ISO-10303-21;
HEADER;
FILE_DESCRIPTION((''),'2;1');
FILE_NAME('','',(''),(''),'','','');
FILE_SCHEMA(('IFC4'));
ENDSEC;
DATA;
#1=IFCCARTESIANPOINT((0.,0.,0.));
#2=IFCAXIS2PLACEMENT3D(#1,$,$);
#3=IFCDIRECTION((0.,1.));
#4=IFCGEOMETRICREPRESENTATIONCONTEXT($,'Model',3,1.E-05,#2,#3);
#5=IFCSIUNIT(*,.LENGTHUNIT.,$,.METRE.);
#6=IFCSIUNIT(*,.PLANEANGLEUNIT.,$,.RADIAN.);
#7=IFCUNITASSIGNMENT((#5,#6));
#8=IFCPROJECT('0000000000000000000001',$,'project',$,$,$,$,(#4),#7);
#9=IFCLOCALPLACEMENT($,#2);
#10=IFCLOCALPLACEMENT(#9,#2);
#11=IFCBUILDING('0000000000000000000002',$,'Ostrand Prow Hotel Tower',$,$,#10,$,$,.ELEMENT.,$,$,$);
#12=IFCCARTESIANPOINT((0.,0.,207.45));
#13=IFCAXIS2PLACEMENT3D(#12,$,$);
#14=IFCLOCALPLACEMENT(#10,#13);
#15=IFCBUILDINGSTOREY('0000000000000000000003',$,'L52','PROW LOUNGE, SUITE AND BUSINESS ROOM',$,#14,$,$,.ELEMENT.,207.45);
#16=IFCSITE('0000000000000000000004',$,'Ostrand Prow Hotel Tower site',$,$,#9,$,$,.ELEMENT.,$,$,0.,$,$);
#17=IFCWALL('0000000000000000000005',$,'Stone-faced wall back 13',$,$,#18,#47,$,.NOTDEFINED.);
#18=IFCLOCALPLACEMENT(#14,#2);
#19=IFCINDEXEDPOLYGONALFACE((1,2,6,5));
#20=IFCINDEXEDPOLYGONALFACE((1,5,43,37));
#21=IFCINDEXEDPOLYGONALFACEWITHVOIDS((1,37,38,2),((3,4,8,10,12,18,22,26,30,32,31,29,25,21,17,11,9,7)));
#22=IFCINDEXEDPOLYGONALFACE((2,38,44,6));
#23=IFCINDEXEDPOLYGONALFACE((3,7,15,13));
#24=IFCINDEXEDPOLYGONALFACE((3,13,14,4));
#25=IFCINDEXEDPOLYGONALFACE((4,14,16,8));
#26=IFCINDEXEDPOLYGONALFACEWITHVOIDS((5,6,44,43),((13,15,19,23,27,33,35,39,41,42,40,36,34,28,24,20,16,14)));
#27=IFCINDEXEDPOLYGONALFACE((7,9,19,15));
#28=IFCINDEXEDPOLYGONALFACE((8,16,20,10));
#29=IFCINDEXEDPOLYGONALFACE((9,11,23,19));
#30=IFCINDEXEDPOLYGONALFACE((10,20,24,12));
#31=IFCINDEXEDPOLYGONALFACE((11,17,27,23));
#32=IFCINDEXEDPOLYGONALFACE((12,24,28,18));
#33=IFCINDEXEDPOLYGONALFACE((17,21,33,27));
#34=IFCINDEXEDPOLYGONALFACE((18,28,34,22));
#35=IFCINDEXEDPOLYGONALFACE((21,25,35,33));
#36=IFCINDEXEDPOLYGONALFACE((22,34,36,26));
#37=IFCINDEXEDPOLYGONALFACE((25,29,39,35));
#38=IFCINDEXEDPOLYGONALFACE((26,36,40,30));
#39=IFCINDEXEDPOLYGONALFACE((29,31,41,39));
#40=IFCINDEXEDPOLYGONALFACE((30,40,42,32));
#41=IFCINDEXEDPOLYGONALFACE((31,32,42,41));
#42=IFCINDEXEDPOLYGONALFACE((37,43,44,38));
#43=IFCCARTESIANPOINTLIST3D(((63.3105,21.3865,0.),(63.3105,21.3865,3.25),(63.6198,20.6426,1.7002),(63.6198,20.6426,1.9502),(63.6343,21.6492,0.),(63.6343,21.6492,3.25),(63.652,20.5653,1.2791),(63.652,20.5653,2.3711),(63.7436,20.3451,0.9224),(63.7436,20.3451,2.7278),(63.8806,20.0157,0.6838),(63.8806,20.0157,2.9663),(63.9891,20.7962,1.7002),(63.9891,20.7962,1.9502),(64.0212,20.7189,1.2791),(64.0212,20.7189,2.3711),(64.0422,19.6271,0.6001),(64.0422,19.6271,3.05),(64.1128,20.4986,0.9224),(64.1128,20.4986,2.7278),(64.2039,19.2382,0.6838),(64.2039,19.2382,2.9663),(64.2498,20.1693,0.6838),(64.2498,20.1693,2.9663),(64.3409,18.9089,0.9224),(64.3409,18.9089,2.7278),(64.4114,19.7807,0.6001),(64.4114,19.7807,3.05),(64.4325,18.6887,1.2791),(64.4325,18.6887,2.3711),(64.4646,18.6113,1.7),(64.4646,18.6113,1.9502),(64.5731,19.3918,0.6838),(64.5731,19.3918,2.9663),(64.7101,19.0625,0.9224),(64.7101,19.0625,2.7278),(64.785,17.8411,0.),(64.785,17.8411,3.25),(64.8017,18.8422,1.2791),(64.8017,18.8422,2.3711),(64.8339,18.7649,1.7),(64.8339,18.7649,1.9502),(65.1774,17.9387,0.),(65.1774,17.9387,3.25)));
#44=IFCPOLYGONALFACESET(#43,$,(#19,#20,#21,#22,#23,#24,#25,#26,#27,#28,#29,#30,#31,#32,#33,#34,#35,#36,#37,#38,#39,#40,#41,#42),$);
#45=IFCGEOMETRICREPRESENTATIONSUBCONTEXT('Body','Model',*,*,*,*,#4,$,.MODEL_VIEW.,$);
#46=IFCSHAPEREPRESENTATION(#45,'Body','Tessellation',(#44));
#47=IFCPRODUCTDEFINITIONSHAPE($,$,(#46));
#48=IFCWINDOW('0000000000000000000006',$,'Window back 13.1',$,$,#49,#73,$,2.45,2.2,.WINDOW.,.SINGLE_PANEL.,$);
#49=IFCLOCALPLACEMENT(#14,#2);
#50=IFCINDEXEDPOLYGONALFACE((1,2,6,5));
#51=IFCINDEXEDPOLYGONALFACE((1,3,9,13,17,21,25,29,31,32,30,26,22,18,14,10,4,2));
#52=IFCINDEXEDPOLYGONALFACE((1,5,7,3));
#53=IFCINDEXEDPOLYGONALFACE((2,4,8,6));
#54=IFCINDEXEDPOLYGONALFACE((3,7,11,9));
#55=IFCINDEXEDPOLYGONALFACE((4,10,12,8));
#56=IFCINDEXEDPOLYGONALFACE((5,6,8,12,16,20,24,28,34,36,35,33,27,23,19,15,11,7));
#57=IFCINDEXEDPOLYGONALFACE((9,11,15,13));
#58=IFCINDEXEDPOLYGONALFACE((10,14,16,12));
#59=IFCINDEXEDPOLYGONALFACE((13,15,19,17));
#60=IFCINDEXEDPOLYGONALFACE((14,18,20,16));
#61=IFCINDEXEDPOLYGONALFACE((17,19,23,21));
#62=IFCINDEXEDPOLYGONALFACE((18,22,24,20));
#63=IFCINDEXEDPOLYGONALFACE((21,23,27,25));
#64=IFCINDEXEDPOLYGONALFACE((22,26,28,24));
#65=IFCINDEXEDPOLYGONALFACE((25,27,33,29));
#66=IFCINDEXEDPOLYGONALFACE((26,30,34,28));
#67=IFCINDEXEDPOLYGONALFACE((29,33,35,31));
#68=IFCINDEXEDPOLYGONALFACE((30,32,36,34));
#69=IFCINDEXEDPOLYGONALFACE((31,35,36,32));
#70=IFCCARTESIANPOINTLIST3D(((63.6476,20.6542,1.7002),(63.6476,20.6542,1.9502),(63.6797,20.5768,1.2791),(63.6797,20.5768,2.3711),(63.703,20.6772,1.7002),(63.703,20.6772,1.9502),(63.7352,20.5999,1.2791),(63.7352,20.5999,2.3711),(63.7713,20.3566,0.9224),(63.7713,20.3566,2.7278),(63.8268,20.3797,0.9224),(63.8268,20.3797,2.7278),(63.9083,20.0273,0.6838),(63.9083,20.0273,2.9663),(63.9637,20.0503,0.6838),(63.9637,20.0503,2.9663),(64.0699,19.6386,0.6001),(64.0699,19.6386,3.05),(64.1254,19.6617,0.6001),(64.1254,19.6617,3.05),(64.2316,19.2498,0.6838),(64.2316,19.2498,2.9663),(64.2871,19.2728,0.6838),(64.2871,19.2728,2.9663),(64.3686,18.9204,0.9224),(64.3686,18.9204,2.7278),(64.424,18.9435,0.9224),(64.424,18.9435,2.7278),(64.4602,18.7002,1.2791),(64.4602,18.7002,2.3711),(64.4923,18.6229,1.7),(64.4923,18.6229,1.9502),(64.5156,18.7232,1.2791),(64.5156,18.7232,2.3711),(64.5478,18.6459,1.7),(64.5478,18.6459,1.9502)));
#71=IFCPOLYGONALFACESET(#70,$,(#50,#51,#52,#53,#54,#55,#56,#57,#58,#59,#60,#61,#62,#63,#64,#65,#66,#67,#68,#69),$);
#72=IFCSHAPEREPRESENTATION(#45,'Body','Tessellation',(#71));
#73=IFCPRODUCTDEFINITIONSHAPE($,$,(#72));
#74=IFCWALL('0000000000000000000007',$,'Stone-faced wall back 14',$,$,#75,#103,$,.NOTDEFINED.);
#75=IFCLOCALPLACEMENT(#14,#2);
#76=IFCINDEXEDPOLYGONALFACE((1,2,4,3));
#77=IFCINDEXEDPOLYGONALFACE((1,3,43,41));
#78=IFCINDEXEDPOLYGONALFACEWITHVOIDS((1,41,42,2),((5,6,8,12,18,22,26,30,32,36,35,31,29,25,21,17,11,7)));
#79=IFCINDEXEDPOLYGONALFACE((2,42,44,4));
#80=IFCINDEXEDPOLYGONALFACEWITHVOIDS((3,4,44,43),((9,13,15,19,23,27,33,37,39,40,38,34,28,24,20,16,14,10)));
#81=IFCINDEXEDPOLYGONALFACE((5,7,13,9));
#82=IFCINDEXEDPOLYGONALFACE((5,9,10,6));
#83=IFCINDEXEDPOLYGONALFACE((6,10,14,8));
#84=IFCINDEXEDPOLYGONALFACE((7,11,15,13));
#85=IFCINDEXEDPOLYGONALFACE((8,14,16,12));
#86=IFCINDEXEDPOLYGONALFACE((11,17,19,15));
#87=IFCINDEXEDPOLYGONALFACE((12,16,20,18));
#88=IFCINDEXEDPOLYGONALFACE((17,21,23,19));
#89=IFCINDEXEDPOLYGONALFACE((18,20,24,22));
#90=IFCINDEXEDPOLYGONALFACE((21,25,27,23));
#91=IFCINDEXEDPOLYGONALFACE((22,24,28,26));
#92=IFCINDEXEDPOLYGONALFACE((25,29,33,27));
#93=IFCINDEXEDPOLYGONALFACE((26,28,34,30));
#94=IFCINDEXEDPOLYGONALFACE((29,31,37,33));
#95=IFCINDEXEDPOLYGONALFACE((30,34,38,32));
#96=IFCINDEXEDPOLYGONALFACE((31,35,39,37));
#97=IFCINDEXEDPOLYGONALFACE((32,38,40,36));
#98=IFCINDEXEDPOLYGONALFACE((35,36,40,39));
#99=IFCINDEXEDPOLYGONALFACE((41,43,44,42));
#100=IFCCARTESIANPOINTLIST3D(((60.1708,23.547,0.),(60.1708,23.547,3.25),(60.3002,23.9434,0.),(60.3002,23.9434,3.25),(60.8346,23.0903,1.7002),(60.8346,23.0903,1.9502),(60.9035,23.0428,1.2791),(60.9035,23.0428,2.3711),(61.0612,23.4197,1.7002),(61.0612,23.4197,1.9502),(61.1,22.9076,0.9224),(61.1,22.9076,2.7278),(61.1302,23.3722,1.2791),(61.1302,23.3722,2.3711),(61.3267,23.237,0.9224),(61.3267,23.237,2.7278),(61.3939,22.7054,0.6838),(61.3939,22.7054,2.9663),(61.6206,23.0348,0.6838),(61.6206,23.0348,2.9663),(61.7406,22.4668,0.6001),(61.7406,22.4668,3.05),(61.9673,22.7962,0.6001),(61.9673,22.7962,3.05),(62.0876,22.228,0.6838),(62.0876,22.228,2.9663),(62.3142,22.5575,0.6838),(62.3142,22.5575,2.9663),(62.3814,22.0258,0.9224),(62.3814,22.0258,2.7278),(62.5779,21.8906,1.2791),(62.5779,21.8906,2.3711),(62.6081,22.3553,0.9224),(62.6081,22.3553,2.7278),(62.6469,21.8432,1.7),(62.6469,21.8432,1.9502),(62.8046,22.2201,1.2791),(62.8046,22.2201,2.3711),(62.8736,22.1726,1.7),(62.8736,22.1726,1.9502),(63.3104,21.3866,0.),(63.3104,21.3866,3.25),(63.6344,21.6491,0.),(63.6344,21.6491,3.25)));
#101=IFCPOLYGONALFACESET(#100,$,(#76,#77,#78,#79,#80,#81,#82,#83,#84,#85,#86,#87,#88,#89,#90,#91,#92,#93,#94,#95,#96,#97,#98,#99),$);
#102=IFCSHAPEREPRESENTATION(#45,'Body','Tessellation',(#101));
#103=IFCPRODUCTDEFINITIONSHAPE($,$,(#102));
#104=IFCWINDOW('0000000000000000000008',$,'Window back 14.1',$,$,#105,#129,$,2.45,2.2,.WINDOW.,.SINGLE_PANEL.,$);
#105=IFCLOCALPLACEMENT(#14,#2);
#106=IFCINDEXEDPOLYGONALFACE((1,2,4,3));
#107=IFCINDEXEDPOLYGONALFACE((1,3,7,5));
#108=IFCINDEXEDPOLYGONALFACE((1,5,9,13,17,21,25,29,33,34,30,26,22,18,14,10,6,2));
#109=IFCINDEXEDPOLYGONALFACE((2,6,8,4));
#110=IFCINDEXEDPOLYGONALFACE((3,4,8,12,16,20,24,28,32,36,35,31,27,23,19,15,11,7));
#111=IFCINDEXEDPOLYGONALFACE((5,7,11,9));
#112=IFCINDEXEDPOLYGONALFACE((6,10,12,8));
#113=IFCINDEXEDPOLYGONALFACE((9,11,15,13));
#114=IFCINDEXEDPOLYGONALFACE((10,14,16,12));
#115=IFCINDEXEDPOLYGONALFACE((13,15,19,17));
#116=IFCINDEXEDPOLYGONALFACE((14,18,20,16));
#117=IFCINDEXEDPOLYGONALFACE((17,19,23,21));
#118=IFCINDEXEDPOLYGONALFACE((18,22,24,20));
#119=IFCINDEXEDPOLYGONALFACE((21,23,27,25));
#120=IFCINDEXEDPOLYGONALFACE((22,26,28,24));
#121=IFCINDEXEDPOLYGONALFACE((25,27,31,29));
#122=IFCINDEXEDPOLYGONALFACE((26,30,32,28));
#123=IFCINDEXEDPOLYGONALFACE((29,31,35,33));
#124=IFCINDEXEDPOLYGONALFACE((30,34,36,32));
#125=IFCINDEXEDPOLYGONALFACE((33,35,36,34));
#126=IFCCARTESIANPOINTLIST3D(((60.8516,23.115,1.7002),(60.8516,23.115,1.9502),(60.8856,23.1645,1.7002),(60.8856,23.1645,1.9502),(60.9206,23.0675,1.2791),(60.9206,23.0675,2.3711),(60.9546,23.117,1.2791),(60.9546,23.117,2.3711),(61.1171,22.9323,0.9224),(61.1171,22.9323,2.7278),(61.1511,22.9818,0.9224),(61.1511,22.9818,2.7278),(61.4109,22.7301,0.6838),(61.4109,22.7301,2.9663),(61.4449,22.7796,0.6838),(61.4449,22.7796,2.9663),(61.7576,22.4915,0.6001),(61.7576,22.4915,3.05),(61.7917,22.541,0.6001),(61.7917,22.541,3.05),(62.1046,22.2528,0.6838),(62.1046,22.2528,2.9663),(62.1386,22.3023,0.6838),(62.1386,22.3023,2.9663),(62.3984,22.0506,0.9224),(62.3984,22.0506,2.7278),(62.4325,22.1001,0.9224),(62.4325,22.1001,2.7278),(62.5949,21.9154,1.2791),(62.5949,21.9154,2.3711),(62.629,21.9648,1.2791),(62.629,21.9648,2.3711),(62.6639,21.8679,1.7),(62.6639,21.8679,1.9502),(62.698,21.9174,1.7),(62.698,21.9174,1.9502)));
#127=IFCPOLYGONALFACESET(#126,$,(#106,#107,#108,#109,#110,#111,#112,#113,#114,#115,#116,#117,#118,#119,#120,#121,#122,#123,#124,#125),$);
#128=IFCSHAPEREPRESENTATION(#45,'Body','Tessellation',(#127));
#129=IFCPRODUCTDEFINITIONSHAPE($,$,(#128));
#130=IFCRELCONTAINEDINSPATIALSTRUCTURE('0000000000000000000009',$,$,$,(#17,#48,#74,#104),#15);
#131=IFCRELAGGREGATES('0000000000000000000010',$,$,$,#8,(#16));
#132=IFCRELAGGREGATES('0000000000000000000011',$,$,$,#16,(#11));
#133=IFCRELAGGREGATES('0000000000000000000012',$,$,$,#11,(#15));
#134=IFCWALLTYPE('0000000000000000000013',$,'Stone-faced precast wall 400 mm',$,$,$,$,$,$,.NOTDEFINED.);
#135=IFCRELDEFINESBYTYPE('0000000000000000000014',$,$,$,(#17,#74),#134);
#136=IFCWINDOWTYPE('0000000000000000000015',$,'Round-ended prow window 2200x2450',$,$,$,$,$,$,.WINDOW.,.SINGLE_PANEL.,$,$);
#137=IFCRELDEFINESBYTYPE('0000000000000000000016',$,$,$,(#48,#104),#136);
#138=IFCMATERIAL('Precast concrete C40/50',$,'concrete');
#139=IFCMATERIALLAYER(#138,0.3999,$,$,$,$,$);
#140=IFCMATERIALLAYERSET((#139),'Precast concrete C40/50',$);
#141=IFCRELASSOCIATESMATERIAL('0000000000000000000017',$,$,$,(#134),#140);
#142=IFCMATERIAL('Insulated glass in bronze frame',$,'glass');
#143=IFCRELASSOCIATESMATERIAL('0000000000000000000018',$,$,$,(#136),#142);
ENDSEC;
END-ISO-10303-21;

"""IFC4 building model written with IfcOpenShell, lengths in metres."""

from ifc_helpers import new_model, si_unit, direction, frame, origin, place, context, subcontext, project, spatial, polyline, outline, extrude, material, layer, layer_set, type_object, element, fill, save


model = new_model("IFC4")

# Units and contexts
model_context = context("Model", 3, precision=1e-05, world=origin(), true_north=direction((0.0, 1.0)))
body_context = subcontext(model_context, "Body", "Model", "MODEL_VIEW")
ifc_project = project(units=[si_unit("LENGTHUNIT", "METRE"), si_unit("PLANEANGLEUNIT", "RADIAN")], contexts=[model_context])

# Site, building, storey
site_placement = place(None, origin())
site = spatial("IfcSite", under=ifc_project, at=site_placement, Name="Ostrand Prow Hotel Tower site", CompositionType="ELEMENT", RefElevation=0.0)
building_placement = place(site_placement, origin())
building = spatial("IfcBuilding", under=site, at=building_placement, Name="Ostrand Prow Hotel Tower", CompositionType="ELEMENT")
storey_placement = place(building_placement, frame((0.0, 0.0, 207.45)))
storey = spatial("IfcBuildingStorey", under=building, at=storey_placement, Name="L52", Description="PROW LOUNGE, SUITE AND BUSINESS ROOM", CompositionType="ELEMENT", Elevation=207.45)

# Walls, openings, windows
ifc_material_1 = material(Name="Precast concrete C40/50", Category="concrete")
ifc_layer_1 = layer(ifc_material_1, 0.3999)
ifc_layer_set_1 = layer_set([ifc_layer_1], Name="Precast concrete C40/50")
wall_type_1 = type_object("IfcWallType", Name="Stone-faced precast wall 400 mm", PredefinedType="NOTDEFINED", material=ifc_layer_set_1)
wall_1_placement = place(storey_placement, frame((64.9812, 17.8899, 0.0), z_axis=(0.0, 0.0, 1.0), x_axis=(-0.383998, 0.923334, 0.0)))
wall_1 = element("IfcWall", 1, at=wall_1_placement, inside=storey, type_object=wall_type_1, Name="Stone-faced wall back 13", PredefinedType="NOTDEFINED", context=body_context, shape_type="SweptSolid", body=[
    extrude(outline(polyline([(-0.0303, -0.2), (3.9883, -0.2), (3.8701, 0.2), (0.0303, 0.2), (-0.0303, -0.2)])), origin(), (0.0, 0.0, 1.0), 3.25),
])
opening_1_placement = place(wall_1_placement, frame((0.8645, 0.0, 0.6001)))
opening_1 = element("IfcOpeningElement", 2, at=opening_1_placement, cuts=wall_1, PredefinedType="OPENING", context=body_context, shape_type="SweptSolid", body=[
    extrude(outline(polyline([(0.0, 1.3501), (0.0837, 1.771), (0.3223, 2.1277), (0.679, 2.3662), (1.1001, 2.45), (1.521, 2.3662), (1.8777, 2.1277), (2.1162, 1.771), (2.2, 1.3501), (2.2, 1.1001), (2.1162, 0.679), (1.8777, 0.3223), (1.521, 0.0837), (1.1001, 0.0), (0.679, 0.0837), (0.3223, 0.3223), (0.0837, 0.679), (0.0, 1.0999), (0.0, 1.3501)])), frame((0.0, 0.21, 0.0), z_axis=(0.0, -1.0, 0.0), x_axis=(1.0, 0.0, 0.0)), (0.0, 0.0, 1.0), 0.4199),
])
ifc_material_2 = material(Name="Insulated glass in bronze frame", Category="glass")
window_type_1 = type_object("IfcWindowType", Name="Round-ended prow window 2200x2450", PartitioningType="SINGLE_PANEL", PredefinedType="WINDOW", material=ifc_material_2)
window_1_placement = place(opening_1_placement, origin())
window_1 = element("IfcWindow", 3, at=window_1_placement, inside=storey, type_object=window_type_1, Name="Window back 13.1", OverallHeight=2.45, OverallWidth=2.2, PartitioningType="SINGLE_PANEL", PredefinedType="WINDOW", context=body_context, shape_type="SweptSolid", body=[
    extrude(outline(polyline([(0.0, 1.3501), (0.0837, 1.771), (0.3223, 2.1277), (0.679, 2.3662), (1.1001, 2.45), (1.521, 2.3662), (1.8777, 2.1277), (2.1162, 1.771), (2.2, 1.3501), (2.2, 1.1001), (2.1162, 0.679), (1.8777, 0.3223), (1.521, 0.0837), (1.1001, 0.0), (0.679, 0.0837), (0.3223, 0.3223), (0.0837, 0.679), (0.0, 1.0999), (0.0, 1.3501)])), frame((0.0, 0.1699, 0.0), z_axis=(0.0, -1.0, 0.0), x_axis=(1.0, 0.0, 0.0)), (0.0, 0.0, 1.0), 0.0601),
])
fill(opening_1, window_1)
wall_2_placement = place(storey_placement, frame((63.4724, 21.5178, 0.0), z_axis=(0.0, 0.0, 1.0), x_axis=(-0.823806, 0.566872, 0.0)))
wall_2 = element("IfcWall", 4, at=wall_2_placement, inside=storey, type_object=wall_type_1, Name="Stone-faced wall back 14", PredefinedType="NOTDEFINED", context=body_context, shape_type="SweptSolid", body=[
    extrude(outline(polyline([(-0.0591, -0.2), (3.9883, -0.2), (3.8701, 0.2), (0.0591, 0.2), (-0.0591, -0.2)])), origin(), (0.0, 0.0, 1.0), 3.25),
])
opening_2_placement = place(wall_2_placement, frame((0.8645, 0.0, 0.6001)))
opening_2 = element("IfcOpeningElement", 5, at=opening_2_placement, cuts=wall_2, PredefinedType="OPENING", context=body_context, shape_type="SweptSolid", body=[
    extrude(outline(polyline([(0.0, 1.3501), (0.0837, 1.771), (0.3223, 2.1277), (0.679, 2.3662), (1.1001, 2.45), (1.521, 2.3662), (1.8777, 2.1277), (2.1162, 1.771), (2.2, 1.3501), (2.2, 1.1001), (2.1162, 0.679), (1.8777, 0.3223), (1.521, 0.0837), (1.1001, 0.0), (0.679, 0.0837), (0.3223, 0.3223), (0.0837, 0.679), (0.0, 1.0999), (0.0, 1.3501)])), frame((0.0, 0.21, 0.0), z_axis=(0.0, -1.0, 0.0), x_axis=(1.0, 0.0, 0.0)), (0.0, 0.0, 1.0), 0.4199),
])
window_2_placement = place(opening_2_placement, origin())
window_2 = element("IfcWindow", 6, at=window_2_placement, inside=storey, type_object=window_type_1, Name="Window back 14.1", OverallHeight=2.45, OverallWidth=2.2, PartitioningType="SINGLE_PANEL", PredefinedType="WINDOW", context=body_context, shape_type="SweptSolid", body=[
    extrude(outline(polyline([(0.0, 1.3501), (0.0837, 1.771), (0.3223, 2.1277), (0.679, 2.3662), (1.1001, 2.45), (1.521, 2.3662), (1.8777, 2.1277), (2.1162, 1.771), (2.2, 1.3501), (2.2, 1.1001), (2.1162, 0.679), (1.8777, 0.3223), (1.521, 0.0837), (1.1001, 0.0), (0.679, 0.0837), (0.3223, 0.3223), (0.0837, 0.679), (0.0, 1.0999), (0.0, 1.3501)])), frame((0.0, 0.1699, 0.0), z_axis=(0.0, -1.0, 0.0), x_axis=(1.0, 0.0, 0.0)), (0.0, 0.0, 1.0), 0.0601),
])
fill(opening_2, window_2)

save(model, "model.ifc")
